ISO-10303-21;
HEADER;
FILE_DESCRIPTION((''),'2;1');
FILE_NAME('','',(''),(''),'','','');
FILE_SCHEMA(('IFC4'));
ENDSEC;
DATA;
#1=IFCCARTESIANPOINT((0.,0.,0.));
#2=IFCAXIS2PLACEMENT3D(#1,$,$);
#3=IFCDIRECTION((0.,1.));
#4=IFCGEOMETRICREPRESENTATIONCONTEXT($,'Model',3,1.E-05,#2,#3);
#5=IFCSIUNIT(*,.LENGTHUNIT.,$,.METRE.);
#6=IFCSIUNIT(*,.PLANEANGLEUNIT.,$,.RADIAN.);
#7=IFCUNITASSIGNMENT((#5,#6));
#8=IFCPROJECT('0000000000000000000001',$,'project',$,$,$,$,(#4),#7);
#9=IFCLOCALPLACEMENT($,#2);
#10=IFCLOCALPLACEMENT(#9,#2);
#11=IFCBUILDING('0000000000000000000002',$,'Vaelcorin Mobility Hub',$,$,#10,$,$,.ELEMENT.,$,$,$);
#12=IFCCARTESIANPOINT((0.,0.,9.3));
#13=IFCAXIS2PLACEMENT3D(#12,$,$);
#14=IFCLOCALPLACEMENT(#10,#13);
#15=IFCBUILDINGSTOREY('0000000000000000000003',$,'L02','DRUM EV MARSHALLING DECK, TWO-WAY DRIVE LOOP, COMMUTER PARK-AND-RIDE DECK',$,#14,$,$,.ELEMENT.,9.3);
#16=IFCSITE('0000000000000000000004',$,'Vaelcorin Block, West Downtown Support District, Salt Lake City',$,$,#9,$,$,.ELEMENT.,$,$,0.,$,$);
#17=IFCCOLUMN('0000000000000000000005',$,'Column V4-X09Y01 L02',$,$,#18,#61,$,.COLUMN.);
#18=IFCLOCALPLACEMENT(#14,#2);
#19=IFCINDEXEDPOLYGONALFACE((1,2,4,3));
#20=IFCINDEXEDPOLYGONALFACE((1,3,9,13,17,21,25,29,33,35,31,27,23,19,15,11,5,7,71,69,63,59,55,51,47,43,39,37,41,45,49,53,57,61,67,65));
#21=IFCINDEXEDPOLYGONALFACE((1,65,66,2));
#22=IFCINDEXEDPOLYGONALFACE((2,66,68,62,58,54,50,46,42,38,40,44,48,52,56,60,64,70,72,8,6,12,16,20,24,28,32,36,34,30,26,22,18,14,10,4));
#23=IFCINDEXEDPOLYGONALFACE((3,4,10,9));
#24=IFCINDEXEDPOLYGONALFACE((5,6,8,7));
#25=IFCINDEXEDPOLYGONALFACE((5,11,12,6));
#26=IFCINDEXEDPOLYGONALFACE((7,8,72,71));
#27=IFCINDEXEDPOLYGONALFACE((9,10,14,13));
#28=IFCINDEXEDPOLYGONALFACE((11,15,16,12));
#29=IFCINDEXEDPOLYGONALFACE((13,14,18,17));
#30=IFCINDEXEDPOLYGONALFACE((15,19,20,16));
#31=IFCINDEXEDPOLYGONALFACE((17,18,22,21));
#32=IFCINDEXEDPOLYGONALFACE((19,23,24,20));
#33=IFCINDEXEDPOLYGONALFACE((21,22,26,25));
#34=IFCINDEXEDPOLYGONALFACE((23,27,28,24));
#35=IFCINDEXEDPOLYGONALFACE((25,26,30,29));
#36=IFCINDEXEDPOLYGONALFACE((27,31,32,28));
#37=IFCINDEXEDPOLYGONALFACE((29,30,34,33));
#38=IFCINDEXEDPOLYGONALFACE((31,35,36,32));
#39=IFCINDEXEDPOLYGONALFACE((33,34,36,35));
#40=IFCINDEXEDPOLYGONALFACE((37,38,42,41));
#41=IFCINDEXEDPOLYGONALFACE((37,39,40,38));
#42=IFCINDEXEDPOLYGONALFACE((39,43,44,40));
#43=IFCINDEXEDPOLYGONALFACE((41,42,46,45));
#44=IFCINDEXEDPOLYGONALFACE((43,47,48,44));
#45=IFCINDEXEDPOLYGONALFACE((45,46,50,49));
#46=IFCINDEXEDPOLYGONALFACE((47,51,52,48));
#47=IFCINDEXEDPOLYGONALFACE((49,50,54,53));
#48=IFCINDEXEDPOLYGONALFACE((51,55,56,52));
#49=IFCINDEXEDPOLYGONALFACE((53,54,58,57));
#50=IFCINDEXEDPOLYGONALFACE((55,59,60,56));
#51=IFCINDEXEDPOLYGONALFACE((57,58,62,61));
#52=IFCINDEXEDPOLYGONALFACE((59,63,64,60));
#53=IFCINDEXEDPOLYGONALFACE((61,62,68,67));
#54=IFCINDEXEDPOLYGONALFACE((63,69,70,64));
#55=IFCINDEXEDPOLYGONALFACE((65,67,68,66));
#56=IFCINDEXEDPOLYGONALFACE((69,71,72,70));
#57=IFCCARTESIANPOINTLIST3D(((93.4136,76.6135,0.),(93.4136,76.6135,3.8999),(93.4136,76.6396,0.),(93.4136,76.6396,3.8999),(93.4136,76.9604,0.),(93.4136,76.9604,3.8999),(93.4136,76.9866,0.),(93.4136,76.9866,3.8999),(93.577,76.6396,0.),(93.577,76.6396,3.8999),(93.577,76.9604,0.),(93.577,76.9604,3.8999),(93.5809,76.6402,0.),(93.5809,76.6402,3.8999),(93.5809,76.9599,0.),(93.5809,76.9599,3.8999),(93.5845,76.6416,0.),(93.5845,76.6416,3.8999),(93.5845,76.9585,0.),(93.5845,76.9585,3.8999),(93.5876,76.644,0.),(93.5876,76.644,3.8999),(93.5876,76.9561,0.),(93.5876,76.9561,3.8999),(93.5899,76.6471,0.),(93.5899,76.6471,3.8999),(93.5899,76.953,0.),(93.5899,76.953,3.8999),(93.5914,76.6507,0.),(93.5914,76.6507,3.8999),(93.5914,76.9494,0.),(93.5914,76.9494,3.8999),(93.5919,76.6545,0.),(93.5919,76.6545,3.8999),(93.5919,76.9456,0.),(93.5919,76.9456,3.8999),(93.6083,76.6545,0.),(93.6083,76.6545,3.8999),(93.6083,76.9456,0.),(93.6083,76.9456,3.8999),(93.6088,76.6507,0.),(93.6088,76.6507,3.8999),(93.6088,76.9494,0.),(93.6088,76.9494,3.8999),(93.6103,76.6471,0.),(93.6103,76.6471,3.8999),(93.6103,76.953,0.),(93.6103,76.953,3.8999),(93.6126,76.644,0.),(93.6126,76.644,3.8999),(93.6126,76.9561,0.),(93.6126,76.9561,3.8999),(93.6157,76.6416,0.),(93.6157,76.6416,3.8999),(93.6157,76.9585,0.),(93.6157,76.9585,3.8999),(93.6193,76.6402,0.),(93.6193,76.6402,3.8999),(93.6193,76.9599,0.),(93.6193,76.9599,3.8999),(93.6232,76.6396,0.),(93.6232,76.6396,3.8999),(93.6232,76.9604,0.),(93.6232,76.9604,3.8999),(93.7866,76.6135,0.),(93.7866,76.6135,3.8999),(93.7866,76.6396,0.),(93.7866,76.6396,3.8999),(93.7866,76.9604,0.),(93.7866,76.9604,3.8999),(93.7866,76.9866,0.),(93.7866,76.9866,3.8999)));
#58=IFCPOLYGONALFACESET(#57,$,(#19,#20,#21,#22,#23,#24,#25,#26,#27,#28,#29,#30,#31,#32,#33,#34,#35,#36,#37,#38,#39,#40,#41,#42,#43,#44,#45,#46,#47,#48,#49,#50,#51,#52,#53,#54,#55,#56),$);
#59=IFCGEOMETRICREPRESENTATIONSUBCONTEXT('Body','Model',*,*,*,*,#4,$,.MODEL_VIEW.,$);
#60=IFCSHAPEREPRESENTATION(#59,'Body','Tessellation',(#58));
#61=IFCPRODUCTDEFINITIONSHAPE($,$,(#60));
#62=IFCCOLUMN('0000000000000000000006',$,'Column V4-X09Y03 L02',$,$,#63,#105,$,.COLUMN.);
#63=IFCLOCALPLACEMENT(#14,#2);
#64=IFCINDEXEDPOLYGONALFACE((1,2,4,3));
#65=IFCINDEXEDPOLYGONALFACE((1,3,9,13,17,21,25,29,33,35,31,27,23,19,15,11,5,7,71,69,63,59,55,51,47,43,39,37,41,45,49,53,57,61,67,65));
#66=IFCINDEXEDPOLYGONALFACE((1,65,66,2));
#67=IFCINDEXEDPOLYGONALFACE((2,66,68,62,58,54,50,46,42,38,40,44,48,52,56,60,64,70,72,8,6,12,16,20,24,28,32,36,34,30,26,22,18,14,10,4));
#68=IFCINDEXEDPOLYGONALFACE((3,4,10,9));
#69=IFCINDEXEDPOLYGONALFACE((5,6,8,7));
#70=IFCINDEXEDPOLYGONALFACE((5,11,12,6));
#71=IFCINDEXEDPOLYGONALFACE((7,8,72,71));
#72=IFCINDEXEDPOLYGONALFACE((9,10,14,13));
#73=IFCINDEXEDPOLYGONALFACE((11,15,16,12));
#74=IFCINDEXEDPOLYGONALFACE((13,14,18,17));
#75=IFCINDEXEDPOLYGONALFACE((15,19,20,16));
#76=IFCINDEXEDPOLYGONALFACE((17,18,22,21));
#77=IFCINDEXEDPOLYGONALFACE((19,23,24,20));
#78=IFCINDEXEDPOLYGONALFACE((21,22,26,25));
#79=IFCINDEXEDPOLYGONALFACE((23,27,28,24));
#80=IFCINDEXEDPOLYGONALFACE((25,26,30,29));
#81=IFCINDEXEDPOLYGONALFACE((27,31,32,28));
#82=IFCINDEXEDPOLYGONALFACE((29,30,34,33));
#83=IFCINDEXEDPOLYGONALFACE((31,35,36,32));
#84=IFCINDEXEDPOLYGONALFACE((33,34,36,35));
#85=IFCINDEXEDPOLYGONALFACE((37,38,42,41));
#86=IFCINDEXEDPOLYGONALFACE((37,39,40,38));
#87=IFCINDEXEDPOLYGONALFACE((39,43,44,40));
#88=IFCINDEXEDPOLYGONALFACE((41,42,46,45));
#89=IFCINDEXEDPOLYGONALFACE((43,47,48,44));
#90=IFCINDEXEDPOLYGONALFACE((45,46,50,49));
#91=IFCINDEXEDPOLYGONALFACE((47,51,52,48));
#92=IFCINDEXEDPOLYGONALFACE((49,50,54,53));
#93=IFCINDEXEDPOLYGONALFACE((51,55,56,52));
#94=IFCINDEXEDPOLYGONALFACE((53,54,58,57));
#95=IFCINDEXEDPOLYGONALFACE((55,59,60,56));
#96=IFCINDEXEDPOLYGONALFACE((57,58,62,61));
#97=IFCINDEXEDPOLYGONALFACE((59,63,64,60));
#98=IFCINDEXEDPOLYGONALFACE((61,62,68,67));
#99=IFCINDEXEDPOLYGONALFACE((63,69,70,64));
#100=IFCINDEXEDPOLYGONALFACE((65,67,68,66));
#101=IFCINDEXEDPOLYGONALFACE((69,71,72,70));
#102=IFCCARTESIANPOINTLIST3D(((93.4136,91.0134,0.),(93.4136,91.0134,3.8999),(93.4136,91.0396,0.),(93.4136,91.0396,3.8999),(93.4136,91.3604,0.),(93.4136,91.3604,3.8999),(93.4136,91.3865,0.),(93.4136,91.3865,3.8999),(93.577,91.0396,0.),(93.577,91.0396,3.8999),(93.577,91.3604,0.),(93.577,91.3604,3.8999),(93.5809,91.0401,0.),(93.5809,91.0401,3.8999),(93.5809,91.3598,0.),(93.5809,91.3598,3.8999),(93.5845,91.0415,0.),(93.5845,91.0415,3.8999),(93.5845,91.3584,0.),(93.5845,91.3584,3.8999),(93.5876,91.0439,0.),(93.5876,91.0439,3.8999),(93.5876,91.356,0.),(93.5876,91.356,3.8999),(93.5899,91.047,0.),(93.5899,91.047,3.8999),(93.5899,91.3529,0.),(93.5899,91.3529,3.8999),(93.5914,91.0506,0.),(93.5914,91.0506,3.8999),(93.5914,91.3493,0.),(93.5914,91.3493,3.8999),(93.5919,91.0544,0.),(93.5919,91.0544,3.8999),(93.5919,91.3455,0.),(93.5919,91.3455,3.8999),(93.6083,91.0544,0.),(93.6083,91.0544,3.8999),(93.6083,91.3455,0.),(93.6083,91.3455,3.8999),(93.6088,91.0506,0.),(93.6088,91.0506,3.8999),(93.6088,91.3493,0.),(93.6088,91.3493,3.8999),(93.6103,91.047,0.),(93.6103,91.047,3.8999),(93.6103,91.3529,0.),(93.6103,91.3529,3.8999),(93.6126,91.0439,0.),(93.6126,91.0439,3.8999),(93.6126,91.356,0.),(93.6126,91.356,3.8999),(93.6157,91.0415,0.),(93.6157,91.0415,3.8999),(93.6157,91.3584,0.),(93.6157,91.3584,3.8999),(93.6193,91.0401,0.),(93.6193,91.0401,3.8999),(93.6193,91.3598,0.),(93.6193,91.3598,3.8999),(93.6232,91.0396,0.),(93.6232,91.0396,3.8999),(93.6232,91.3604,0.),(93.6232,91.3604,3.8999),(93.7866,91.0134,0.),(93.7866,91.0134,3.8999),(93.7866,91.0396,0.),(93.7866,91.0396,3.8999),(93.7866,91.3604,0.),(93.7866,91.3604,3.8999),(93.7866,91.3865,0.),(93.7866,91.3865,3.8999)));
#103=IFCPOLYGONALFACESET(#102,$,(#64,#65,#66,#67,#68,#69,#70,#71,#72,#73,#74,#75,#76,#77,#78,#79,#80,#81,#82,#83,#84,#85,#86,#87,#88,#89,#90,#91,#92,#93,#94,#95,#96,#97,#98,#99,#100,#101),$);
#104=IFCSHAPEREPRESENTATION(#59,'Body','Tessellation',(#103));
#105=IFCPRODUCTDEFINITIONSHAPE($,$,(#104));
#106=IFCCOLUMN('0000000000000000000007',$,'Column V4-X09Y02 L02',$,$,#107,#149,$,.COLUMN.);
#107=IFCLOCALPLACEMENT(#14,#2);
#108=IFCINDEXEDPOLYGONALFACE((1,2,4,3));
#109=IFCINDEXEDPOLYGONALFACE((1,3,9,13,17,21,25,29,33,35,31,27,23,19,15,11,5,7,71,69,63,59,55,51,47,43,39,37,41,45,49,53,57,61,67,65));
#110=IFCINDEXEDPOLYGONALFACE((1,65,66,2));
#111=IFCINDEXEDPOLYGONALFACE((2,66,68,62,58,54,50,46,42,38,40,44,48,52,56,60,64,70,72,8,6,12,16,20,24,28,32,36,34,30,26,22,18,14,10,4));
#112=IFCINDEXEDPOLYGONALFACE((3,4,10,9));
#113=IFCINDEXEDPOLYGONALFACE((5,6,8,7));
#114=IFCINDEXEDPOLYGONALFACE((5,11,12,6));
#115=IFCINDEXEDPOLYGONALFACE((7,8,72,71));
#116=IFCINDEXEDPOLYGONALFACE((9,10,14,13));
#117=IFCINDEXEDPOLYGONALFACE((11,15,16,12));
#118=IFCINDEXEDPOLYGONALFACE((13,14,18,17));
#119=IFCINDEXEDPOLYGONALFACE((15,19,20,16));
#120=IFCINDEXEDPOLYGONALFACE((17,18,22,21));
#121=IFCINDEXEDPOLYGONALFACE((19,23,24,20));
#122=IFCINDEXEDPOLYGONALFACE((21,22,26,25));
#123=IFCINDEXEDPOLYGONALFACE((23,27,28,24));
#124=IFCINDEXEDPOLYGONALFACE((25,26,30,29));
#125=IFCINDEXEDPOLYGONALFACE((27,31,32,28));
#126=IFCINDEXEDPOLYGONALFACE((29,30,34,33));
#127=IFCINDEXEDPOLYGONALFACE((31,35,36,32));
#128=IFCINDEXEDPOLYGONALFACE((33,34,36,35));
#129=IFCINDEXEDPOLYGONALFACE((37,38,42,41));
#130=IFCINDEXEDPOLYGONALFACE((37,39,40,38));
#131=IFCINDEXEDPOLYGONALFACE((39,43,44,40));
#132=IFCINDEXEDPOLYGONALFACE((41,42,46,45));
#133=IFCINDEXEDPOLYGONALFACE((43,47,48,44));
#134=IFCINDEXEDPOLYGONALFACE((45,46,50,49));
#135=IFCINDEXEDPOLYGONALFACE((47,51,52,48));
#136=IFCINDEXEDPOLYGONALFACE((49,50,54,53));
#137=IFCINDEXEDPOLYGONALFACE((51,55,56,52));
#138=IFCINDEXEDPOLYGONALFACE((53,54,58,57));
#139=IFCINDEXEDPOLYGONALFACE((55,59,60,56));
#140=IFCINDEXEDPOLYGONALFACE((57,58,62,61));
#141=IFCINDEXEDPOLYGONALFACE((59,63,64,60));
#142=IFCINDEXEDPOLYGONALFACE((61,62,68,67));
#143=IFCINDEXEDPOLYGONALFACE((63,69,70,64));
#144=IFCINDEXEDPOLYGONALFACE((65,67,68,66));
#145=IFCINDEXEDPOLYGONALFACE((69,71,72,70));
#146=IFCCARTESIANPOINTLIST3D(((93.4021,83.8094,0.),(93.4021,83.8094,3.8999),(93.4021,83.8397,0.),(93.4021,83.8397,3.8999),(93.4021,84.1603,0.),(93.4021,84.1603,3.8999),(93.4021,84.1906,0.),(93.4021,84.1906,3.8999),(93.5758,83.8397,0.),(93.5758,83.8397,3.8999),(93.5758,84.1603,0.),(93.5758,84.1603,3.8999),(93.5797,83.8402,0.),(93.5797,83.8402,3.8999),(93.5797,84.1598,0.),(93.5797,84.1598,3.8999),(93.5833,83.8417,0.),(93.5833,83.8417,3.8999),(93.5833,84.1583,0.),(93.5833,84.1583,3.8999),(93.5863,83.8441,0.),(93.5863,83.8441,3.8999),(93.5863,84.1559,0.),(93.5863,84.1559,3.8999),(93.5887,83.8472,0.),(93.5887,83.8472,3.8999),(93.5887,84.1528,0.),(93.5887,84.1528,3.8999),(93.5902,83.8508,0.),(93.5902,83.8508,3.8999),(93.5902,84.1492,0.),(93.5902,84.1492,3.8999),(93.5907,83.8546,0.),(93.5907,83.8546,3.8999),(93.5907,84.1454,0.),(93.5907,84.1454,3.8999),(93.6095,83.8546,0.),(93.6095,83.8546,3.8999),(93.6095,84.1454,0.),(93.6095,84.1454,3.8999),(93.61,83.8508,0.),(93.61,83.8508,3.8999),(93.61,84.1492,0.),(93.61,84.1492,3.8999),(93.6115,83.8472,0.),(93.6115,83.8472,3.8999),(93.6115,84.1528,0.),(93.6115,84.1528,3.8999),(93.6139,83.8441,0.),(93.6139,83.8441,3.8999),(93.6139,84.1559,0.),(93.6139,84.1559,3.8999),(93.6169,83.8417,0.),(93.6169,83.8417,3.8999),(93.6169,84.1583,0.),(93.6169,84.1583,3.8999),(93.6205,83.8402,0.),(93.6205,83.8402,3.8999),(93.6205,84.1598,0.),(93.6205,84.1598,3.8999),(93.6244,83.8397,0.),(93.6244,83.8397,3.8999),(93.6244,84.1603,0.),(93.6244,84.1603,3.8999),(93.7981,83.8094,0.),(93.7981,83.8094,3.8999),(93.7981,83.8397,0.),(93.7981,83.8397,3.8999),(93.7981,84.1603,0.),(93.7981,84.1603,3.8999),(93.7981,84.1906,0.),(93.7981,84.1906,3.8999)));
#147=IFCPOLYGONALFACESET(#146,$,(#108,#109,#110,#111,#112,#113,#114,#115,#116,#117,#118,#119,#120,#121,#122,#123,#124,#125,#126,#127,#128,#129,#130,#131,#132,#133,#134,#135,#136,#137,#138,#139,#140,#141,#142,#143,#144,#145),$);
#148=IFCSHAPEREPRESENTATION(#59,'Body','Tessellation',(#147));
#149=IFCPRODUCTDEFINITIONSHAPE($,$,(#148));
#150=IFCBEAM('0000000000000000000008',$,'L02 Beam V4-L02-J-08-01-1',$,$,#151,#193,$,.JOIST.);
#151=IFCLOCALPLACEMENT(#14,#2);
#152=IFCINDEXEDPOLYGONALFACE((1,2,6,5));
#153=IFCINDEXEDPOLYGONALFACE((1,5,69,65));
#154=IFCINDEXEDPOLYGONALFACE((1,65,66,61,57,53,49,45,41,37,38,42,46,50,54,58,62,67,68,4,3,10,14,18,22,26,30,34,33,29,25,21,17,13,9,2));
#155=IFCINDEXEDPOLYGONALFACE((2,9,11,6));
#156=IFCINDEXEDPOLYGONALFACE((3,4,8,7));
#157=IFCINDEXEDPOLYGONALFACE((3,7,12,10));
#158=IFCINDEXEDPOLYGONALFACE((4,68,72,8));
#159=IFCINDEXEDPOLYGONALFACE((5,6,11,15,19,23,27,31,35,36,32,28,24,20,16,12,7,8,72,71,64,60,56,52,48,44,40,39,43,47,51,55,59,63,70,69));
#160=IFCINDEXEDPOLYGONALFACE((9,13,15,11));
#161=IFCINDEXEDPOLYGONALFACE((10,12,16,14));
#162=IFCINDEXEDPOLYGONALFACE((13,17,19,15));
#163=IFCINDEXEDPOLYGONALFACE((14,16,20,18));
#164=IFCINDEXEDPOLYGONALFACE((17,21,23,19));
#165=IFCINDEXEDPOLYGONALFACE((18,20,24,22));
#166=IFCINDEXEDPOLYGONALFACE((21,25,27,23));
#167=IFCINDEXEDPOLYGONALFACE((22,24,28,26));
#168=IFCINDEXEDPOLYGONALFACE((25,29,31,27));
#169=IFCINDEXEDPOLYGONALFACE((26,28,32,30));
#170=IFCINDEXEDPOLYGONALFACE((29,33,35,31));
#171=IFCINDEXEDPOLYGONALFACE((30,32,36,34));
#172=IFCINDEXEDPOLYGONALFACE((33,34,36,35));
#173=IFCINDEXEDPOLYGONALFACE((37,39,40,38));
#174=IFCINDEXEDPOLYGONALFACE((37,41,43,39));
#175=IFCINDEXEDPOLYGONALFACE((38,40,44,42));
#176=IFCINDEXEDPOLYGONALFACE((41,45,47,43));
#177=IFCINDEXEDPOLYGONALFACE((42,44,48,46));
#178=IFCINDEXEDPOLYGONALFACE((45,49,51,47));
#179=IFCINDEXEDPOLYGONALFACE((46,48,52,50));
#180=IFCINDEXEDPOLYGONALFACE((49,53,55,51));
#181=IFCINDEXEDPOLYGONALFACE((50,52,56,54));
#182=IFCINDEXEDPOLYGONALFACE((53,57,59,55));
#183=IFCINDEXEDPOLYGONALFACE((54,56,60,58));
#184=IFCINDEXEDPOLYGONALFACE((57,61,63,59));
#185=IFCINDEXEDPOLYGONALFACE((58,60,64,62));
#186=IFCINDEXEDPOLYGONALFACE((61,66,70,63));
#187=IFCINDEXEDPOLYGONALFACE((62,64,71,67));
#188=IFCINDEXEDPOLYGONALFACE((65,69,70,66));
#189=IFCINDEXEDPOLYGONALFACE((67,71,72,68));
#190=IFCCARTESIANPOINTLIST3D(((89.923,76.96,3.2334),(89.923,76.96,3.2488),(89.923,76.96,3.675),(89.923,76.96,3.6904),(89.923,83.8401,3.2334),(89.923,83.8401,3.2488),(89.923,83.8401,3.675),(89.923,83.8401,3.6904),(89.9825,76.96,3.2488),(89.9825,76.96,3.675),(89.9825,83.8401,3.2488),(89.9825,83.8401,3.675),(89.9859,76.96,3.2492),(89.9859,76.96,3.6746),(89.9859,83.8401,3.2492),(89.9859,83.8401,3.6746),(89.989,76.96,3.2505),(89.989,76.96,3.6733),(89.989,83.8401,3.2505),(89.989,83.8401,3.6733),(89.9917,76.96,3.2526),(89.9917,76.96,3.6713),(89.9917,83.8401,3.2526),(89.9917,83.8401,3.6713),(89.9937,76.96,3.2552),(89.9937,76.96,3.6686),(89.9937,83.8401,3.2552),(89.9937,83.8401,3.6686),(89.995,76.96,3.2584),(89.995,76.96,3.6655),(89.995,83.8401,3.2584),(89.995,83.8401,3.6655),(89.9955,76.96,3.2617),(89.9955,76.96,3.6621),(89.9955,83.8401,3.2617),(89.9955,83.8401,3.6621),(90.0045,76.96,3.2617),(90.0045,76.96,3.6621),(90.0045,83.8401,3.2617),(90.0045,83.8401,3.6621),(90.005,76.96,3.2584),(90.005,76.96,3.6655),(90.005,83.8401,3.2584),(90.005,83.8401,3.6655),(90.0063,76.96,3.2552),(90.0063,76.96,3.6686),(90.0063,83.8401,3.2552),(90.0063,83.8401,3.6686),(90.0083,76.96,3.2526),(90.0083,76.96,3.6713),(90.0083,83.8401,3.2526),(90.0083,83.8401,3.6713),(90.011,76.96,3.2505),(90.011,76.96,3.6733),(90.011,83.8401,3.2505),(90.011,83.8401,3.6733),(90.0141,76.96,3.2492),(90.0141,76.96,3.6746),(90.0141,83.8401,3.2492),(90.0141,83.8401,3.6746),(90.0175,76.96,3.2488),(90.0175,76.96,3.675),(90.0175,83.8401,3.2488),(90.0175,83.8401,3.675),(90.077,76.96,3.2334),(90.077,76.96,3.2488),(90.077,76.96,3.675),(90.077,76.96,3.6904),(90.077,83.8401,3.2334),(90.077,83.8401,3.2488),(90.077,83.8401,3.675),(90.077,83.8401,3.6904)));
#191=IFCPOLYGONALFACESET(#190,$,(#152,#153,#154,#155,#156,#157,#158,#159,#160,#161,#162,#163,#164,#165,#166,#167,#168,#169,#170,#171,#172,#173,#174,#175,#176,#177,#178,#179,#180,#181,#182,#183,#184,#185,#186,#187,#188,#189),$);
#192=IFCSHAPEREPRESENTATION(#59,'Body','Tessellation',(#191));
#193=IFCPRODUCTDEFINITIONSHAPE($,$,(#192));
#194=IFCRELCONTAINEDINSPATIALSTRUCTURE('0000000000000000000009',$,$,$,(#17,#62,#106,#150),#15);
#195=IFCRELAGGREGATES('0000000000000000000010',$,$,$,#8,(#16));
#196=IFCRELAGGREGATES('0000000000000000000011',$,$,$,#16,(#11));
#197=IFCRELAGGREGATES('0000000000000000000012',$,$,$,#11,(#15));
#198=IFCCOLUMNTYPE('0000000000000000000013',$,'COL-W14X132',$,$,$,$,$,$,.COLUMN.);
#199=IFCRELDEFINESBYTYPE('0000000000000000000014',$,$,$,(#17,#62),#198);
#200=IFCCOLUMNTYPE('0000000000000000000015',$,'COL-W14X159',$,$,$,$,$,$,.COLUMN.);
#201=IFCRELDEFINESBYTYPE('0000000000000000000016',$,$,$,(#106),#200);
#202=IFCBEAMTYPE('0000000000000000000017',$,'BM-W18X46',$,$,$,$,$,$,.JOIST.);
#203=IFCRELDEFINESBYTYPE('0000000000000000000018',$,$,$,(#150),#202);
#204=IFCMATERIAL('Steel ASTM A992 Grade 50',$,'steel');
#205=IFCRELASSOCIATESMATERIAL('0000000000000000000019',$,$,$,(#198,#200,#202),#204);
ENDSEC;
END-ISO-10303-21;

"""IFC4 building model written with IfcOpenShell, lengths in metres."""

from ifc_helpers import new_model, si_unit, direction, frame, origin, origin_2d, place, context, subcontext, project, spatial, i_section, extrude, material, material_profile, profile_set, type_object, element, save


model = new_model("IFC4")

# Units and contexts
model_context = context("Model", 3, precision=1e-05, world=origin(), true_north=direction((0.0, 1.0)))
body_context = subcontext(model_context, "Body", "Model", "MODEL_VIEW")
ifc_project = project(units=[si_unit("LENGTHUNIT", "METRE"), si_unit("PLANEANGLEUNIT", "RADIAN")], contexts=[model_context])

# Site, building, storey
site_placement = place(None, origin())
site = spatial("IfcSite", under=ifc_project, at=site_placement, Name="Vaelcorin Block, West Downtown Support District, Salt Lake City", CompositionType="ELEMENT", RefElevation=0.0)
building_placement = place(site_placement, origin())
building = spatial("IfcBuilding", under=site, at=building_placement, Name="Vaelcorin Mobility Hub", CompositionType="ELEMENT")
storey_placement = place(building_placement, frame((0.0, 0.0, 9.3)))
storey = spatial("IfcBuildingStorey", under=building, at=storey_placement, Name="L02", Description="DRUM EV MARSHALLING DECK, TWO-WAY DRIVE LOOP, COMMUTER PARK-AND-RIDE DECK", CompositionType="ELEMENT", Elevation=9.3)

# Columns
ifc_material_1 = material(Name="Steel ASTM A992 Grade 50", Category="steel")
ifc_material_profile_1 = material_profile(ifc_material_1, i_section(OverallWidth=0.373, OverallDepth=0.373, WebThickness=0.0164, FlangeThickness=0.0261, FilletRadius=0.0149, at=origin_2d()), Name="W14X132")
ifc_profile_set_1 = profile_set([ifc_material_profile_1], Name="Steel ASTM A992 Grade 50")
column_type_1 = type_object("IfcColumnType", Name="COL-W14X132", PredefinedType="COLUMN", material=ifc_profile_set_1)
for number, where, z_axis, x_axis, name in (
    (1, (93.6001, 76.8, 0.0), (0.0, 0.0, 1.0), (1.0, 0.0, 0.0), "Column V4-X09Y01 L02"),
    (2, (93.6001, 91.2, 0.0), (0.0, 0.0, 1.0), (1.0, 0.0, 0.0), "Column V4-X09Y03 L02"),
):
    element("IfcColumn", number, at=place(storey_placement, frame(where, z_axis=z_axis, x_axis=x_axis)), inside=storey, type_object=column_type_1, Name=name, PredefinedType="COLUMN", context=body_context, shape_type="SweptSolid", body=[
        extrude(i_section(OverallWidth=0.373, OverallDepth=0.373, WebThickness=0.0164, FlangeThickness=0.0261, FilletRadius=0.0149, at=origin_2d()), origin(), (0.0, 0.0, 1.0), 3.8999),
    ])
ifc_material_profile_2 = material_profile(ifc_material_1, i_section(OverallWidth=0.396, OverallDepth=0.3811, WebThickness=0.0188, FlangeThickness=0.0303, FilletRadius=0.0149, at=origin_2d()), Name="W14X159")
ifc_profile_set_2 = profile_set([ifc_material_profile_2], Name="Steel ASTM A992 Grade 50")
column_type_2 = type_object("IfcColumnType", Name="COL-W14X159", PredefinedType="COLUMN", material=ifc_profile_set_2)
column_placement = place(storey_placement, frame((93.6001, 84.0, 0.0), z_axis=(0.0, 0.0, 1.0), x_axis=(1.0, 0.0, 0.0)))
element("IfcColumn", 3, at=column_placement, inside=storey, type_object=column_type_2, Name="Column V4-X09Y02 L02", PredefinedType="COLUMN", context=body_context, shape_type="SweptSolid", body=[
    extrude(i_section(OverallWidth=0.396, OverallDepth=0.3811, WebThickness=0.0188, FlangeThickness=0.0303, FilletRadius=0.0149, at=origin_2d()), origin(), (0.0, 0.0, 1.0), 3.8999),
])

# Beam
ifc_material_profile_3 = material_profile(ifc_material_1, i_section(OverallWidth=0.1541, OverallDepth=0.457, WebThickness=0.009, FlangeThickness=0.0154, FilletRadius=0.0129, at=origin_2d()), Name="W18X46")
ifc_profile_set_3 = profile_set([ifc_material_profile_3], Name="Steel ASTM A992 Grade 50")
beam_type_1 = type_object("IfcBeamType", Name="BM-W18X46", PredefinedType="JOIST", material=ifc_profile_set_3)
for number, where, z_axis, x_axis, name in (
    (4, (90.0, 76.96, 3.4619), (0.0, 1.0, 0.0), (-1.0, 0.0, 0.0), "L02 Beam V4-L02-J-08-01-1"),
):
    element("IfcBeam", number, at=place(storey_placement, frame(where, z_axis=z_axis, x_axis=x_axis)), inside=storey, type_object=beam_type_1, Name=name, PredefinedType="JOIST", context=body_context, shape_type="SweptSolid", body=[
        extrude(i_section(OverallWidth=0.1541, OverallDepth=0.457, WebThickness=0.009, FlangeThickness=0.0154, FilletRadius=0.0129, at=origin_2d()), origin(), (0.0, 0.0, 1.0), 6.8801),
    ])

save(model, "model.ifc")
